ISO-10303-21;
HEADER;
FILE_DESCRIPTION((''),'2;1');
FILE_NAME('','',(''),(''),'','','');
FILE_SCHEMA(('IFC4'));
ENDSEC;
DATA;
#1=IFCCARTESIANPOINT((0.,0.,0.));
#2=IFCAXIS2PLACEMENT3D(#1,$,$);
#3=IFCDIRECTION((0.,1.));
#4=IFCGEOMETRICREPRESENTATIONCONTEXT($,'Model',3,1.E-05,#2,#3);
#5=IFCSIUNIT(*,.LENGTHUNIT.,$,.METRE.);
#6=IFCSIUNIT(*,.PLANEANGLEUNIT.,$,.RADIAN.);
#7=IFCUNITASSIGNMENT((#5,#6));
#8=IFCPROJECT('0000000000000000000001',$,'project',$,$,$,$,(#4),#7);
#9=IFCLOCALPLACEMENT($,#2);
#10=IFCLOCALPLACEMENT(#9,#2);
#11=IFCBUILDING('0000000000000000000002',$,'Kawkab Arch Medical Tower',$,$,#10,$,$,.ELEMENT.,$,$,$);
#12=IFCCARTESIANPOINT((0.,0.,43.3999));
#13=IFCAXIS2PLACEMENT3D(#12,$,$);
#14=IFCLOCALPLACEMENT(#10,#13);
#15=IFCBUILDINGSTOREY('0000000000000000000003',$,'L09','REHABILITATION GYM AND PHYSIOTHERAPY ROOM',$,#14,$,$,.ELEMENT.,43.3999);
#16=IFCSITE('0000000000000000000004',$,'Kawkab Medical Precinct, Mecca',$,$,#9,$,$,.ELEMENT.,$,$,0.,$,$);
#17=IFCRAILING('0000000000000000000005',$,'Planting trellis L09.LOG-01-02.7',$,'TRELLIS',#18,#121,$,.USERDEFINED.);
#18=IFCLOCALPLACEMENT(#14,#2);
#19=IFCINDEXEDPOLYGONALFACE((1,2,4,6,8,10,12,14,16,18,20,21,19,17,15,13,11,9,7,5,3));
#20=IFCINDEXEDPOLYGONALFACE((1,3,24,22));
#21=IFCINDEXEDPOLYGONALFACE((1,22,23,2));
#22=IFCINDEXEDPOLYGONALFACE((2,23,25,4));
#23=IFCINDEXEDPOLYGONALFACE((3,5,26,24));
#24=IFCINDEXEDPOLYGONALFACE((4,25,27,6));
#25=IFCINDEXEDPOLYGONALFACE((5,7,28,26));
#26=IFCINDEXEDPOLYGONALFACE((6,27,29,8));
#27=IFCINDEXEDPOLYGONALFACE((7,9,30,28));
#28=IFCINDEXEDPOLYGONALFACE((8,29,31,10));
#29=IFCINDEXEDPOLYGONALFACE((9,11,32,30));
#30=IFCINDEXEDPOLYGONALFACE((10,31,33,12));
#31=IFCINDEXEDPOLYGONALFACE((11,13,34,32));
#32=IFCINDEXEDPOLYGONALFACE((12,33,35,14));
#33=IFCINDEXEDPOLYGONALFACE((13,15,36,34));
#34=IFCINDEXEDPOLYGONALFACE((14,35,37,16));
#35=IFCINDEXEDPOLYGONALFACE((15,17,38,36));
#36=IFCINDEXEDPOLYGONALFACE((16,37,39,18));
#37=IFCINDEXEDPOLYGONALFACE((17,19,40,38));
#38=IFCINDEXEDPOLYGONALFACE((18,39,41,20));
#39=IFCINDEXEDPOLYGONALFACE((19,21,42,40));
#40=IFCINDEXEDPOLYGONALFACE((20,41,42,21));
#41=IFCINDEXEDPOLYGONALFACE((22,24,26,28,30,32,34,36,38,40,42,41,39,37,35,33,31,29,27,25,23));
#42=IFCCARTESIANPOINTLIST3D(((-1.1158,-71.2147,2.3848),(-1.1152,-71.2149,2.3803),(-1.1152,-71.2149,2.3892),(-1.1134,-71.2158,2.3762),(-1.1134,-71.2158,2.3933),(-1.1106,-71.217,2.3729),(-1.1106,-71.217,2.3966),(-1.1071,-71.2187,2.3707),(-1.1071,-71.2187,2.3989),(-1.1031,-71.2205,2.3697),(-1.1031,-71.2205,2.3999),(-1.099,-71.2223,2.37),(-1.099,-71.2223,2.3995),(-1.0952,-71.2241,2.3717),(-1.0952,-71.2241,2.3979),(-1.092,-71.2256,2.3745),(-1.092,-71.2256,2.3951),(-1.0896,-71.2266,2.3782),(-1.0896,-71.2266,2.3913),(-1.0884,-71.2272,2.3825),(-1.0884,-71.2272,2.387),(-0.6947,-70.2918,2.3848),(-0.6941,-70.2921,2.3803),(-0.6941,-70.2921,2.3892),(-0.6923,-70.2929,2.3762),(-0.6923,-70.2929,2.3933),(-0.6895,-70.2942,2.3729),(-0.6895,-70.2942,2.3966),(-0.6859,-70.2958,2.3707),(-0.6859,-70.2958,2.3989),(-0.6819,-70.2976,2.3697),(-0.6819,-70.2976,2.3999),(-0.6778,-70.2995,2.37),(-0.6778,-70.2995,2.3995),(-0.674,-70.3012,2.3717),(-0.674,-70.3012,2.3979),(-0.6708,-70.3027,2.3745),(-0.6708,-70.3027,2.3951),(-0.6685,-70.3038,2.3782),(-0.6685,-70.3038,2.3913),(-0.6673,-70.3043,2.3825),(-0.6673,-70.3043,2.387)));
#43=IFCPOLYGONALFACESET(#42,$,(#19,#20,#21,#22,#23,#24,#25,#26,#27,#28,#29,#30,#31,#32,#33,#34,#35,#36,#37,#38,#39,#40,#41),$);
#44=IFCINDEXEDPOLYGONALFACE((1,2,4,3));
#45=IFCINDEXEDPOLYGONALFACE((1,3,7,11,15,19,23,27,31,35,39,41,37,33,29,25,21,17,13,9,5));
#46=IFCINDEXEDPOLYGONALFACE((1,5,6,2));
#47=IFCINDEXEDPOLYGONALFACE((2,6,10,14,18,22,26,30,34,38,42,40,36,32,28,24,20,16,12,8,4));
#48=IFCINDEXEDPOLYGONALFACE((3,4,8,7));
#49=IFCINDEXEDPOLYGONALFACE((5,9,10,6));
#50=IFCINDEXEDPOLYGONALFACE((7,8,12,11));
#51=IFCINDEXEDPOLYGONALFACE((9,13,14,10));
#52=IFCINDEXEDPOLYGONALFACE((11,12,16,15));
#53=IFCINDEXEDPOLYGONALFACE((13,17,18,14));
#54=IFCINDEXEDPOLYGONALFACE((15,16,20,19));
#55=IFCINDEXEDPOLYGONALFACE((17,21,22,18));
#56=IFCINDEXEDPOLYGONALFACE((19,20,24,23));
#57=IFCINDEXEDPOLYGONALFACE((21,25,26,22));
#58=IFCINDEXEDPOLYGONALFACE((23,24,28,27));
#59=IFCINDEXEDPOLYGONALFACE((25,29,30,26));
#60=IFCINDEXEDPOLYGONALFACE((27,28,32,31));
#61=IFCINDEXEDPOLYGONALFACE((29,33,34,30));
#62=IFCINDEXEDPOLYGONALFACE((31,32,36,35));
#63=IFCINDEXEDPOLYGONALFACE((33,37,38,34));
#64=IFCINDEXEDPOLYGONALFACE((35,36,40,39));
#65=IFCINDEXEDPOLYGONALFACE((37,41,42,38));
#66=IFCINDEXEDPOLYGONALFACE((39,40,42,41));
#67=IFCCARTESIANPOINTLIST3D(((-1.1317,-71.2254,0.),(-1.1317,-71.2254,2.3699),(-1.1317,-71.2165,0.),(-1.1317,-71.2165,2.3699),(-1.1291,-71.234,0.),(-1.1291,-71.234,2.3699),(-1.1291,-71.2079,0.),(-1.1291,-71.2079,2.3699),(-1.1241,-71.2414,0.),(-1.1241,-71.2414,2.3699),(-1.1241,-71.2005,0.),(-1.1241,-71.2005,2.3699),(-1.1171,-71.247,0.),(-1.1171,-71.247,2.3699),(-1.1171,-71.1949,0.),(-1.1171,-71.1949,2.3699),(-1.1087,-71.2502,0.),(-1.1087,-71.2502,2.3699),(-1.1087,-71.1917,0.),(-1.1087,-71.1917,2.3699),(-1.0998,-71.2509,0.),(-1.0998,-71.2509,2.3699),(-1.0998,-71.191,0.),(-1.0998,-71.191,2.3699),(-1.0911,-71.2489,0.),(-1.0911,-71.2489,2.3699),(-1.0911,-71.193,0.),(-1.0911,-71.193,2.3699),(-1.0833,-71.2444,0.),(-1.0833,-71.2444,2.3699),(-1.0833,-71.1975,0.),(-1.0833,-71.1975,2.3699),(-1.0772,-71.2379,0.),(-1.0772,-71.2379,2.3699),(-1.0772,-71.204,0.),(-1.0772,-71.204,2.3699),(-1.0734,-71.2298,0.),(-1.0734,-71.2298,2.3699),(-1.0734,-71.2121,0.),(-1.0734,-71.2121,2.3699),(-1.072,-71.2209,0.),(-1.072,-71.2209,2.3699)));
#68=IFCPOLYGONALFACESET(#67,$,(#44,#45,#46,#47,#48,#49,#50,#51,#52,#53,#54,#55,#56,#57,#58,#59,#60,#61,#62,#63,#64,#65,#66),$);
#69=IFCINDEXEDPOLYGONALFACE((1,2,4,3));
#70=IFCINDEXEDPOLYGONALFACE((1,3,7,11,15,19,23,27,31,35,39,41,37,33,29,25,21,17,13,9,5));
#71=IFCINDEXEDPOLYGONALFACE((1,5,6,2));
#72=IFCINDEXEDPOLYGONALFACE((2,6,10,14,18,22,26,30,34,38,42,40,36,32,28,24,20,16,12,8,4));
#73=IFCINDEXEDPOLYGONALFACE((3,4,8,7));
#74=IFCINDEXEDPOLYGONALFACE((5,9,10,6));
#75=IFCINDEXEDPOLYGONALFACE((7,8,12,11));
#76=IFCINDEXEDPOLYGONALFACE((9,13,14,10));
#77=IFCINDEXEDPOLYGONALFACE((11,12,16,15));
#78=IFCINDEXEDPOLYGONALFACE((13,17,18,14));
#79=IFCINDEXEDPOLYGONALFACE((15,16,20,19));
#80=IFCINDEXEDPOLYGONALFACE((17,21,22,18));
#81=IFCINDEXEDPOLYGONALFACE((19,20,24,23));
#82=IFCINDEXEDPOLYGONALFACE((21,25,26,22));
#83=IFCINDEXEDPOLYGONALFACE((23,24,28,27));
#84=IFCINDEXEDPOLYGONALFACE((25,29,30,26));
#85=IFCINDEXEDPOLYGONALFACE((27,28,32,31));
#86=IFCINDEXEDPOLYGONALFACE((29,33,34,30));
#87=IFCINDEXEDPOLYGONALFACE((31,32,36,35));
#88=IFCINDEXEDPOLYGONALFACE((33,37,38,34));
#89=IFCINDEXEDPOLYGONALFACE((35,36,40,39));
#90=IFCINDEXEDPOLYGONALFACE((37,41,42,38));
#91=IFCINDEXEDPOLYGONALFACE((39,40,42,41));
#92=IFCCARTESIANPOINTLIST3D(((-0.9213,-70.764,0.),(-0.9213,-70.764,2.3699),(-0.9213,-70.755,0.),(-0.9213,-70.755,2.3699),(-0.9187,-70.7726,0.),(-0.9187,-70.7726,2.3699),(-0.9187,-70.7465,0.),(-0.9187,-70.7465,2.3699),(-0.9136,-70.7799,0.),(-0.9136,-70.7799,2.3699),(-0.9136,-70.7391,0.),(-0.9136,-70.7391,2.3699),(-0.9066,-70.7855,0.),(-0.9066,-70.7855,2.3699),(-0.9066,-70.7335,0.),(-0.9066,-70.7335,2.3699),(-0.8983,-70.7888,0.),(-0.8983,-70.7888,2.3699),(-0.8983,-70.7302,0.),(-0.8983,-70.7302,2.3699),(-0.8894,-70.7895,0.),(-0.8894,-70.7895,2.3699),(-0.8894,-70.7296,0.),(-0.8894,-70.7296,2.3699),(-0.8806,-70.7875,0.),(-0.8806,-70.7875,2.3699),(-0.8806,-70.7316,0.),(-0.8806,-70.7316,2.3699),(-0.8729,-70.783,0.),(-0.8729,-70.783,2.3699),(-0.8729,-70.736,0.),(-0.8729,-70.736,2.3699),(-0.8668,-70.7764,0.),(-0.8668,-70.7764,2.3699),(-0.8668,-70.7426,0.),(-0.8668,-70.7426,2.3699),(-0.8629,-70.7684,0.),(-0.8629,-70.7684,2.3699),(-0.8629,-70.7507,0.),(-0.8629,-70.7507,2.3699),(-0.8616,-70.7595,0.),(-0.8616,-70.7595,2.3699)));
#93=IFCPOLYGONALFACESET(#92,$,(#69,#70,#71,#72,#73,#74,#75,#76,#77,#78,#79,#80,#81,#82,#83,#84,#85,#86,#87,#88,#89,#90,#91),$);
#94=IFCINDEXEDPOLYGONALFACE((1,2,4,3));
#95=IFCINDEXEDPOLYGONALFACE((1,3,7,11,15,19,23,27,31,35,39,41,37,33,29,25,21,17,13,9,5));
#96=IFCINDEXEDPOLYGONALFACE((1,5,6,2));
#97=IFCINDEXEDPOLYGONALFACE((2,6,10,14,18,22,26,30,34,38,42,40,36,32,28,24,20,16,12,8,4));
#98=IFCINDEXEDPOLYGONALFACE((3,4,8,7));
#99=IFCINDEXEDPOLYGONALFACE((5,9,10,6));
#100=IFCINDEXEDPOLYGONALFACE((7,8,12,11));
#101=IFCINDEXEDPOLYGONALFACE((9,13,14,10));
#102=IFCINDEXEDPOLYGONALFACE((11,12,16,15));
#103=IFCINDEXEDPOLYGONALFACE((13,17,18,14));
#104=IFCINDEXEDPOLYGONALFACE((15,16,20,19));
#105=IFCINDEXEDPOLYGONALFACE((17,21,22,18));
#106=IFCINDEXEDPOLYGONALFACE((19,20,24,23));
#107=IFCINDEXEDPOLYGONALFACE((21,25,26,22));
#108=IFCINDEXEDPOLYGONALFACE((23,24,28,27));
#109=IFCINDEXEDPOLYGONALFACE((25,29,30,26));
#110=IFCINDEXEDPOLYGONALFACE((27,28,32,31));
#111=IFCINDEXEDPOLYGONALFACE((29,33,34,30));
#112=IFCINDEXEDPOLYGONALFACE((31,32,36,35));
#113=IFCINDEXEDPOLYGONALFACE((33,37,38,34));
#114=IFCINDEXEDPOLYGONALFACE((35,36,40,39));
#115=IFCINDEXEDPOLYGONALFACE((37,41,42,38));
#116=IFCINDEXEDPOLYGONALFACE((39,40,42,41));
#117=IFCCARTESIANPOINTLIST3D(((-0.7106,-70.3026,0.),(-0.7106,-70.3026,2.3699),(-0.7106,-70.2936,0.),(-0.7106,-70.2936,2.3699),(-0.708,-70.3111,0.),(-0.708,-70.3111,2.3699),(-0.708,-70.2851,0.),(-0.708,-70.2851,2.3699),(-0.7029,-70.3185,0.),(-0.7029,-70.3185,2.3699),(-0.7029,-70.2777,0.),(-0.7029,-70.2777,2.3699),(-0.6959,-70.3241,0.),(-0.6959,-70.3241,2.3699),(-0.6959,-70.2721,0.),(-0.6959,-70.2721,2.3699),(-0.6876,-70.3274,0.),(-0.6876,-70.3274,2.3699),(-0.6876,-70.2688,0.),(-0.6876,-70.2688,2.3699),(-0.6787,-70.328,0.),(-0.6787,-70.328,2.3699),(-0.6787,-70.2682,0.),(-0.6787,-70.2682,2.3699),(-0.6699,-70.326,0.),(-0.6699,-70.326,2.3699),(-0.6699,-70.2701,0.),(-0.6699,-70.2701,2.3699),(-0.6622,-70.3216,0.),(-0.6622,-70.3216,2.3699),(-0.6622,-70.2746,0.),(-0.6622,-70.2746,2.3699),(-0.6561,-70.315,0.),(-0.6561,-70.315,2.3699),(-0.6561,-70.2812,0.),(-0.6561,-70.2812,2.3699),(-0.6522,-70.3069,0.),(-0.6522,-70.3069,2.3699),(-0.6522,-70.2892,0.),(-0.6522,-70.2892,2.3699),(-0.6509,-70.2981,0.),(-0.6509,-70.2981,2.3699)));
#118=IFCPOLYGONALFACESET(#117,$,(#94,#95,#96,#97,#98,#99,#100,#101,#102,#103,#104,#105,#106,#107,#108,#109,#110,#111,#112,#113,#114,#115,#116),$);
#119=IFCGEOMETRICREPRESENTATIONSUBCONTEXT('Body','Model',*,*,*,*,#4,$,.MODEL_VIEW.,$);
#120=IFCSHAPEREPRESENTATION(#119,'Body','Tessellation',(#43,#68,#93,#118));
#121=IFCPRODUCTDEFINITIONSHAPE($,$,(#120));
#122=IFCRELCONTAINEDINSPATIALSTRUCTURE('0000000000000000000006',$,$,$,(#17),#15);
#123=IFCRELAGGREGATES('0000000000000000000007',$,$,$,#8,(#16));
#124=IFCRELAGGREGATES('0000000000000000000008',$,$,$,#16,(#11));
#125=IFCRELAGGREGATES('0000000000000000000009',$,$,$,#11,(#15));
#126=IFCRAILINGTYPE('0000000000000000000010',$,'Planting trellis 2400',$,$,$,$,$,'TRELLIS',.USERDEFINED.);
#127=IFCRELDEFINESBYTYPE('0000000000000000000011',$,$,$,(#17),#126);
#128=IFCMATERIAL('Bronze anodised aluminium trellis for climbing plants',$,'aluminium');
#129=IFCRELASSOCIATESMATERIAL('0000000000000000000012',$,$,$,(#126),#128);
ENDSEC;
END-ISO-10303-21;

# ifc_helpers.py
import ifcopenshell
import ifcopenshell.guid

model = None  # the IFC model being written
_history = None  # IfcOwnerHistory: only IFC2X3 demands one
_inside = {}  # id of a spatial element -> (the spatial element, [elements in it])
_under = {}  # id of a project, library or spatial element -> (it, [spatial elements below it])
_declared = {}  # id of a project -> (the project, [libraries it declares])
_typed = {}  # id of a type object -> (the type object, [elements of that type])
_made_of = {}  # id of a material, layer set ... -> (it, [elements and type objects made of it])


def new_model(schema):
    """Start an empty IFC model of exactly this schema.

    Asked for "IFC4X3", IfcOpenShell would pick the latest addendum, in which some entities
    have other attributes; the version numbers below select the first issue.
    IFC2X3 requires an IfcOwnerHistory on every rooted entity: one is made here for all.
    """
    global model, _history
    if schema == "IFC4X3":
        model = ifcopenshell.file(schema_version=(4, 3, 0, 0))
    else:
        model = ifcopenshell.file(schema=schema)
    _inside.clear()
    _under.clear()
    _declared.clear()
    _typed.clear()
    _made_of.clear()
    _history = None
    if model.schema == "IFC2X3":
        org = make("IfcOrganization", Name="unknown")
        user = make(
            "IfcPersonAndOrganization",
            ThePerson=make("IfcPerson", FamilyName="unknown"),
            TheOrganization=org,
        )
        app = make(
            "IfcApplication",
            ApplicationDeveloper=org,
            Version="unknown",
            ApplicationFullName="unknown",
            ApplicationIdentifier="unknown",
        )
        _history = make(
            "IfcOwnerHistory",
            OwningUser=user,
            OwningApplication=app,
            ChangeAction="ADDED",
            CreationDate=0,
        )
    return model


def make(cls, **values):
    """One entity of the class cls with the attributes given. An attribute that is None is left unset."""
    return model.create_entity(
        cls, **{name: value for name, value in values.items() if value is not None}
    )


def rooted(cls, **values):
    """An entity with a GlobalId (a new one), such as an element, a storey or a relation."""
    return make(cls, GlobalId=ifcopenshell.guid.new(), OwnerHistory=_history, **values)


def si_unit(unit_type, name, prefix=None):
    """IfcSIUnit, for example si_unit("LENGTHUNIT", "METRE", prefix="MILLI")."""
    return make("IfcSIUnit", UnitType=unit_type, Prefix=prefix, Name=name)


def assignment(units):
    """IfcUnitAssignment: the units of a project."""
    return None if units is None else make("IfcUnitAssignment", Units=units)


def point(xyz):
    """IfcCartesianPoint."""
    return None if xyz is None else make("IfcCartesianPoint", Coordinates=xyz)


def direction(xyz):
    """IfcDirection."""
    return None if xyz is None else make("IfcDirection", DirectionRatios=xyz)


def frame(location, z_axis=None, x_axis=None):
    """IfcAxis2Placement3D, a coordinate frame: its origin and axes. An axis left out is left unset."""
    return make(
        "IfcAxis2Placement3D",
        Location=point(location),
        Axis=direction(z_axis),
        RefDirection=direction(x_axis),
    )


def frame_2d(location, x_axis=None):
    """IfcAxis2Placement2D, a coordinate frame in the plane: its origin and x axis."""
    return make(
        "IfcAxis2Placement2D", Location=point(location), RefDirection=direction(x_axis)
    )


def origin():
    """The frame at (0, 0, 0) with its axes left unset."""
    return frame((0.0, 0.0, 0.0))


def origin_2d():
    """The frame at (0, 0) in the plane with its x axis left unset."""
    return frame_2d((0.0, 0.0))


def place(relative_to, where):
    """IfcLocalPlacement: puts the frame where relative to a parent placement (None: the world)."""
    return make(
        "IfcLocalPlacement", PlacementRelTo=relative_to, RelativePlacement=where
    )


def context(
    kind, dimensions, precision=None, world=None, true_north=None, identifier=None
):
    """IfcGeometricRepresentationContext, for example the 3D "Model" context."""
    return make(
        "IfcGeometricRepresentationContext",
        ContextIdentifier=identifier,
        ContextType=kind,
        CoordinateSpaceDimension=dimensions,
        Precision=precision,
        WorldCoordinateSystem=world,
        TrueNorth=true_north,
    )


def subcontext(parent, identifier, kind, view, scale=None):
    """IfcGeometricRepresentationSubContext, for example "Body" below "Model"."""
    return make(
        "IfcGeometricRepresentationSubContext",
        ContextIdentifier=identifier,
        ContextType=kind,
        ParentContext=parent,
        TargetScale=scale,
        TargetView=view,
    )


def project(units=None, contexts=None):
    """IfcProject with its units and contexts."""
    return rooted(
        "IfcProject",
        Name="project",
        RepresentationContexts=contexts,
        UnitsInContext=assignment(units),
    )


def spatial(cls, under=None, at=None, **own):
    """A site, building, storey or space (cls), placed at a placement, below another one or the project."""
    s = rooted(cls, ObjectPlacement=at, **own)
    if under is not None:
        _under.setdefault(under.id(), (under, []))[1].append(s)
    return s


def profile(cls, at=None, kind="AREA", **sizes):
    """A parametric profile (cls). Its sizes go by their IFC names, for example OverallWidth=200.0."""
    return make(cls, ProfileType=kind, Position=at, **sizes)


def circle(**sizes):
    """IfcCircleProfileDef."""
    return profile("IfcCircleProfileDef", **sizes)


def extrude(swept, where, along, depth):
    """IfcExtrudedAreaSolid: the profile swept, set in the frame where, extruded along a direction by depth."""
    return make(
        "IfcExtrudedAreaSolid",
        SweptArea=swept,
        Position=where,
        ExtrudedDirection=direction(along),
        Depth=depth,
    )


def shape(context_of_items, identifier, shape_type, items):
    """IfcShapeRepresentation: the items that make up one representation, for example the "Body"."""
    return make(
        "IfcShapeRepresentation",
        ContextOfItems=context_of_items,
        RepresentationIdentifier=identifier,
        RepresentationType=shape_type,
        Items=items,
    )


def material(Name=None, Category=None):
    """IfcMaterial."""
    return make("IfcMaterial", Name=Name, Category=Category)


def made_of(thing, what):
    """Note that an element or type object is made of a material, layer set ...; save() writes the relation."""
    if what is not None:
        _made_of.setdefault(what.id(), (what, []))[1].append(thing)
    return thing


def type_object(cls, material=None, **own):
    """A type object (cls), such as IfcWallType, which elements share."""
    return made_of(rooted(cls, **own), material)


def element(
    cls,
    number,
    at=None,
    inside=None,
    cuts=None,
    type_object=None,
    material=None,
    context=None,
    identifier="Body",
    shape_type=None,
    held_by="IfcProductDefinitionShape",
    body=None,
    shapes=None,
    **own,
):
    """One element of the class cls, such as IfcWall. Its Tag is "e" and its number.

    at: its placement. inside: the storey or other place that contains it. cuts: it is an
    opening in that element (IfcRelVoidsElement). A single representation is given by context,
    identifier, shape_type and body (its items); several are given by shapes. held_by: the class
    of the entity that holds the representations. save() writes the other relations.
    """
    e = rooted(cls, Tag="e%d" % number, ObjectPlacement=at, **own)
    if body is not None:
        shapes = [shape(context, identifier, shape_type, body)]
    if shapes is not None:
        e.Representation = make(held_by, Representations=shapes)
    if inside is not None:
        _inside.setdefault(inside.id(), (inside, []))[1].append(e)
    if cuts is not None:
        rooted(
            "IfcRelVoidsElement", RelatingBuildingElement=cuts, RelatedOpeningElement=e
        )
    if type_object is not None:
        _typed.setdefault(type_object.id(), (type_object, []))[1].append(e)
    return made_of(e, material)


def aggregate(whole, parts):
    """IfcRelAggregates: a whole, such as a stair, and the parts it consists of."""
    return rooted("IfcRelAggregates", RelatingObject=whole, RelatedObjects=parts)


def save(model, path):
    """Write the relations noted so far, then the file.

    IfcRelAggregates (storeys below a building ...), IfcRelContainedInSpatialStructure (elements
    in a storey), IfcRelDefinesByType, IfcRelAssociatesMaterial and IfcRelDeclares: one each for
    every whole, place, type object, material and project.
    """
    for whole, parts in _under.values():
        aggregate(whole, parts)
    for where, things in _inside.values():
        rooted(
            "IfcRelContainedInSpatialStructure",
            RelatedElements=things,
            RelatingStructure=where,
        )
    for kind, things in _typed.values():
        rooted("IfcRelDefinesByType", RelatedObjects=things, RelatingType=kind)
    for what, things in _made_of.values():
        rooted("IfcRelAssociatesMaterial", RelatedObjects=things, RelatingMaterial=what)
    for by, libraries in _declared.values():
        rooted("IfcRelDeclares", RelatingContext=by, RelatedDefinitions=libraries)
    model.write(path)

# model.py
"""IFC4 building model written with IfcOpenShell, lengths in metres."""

from ifc_helpers import new_model, si_unit, direction, frame, origin, origin_2d, place, context, subcontext, project, spatial, circle, extrude, material, type_object, element, save


model = new_model("IFC4")

# Units and contexts
model_context = context("Model", 3, precision=1e-05, world=origin(), true_north=direction((0.0, 1.0)))
body_context = subcontext(model_context, "Body", "Model", "MODEL_VIEW")
ifc_project = project(units=[si_unit("LENGTHUNIT", "METRE"), si_unit("PLANEANGLEUNIT", "RADIAN")], contexts=[model_context])

# Site, building, storey
site_placement = place(None, origin())
site = spatial("IfcSite", under=ifc_project, at=site_placement, Name="Kawkab Medical Precinct, Mecca", CompositionType="ELEMENT", RefElevation=0.0)
building_placement = place(site_placement, origin())
building = spatial("IfcBuilding", under=site, at=building_placement, Name="Kawkab Arch Medical Tower", CompositionType="ELEMENT")
storey_placement = place(building_placement, frame((0.0, 0.0, 43.3999)))
storey = spatial("IfcBuildingStorey", under=building, at=storey_placement, Name="L09", Description="REHABILITATION GYM AND PHYSIOTHERAPY ROOM", CompositionType="ELEMENT", Elevation=43.3999)

# Railing
ifc_material_1 = material(Name="Bronze anodised aluminium trellis for climbing plants", Category="aluminium")
railing_type = type_object("IfcRailingType", Name="Planting trellis 2400", ElementType="TRELLIS", PredefinedType="USERDEFINED", material=ifc_material_1)
railing_placement = place(storey_placement, frame((-1.1021, -71.2209, 0.0)))
element("IfcRailing", 1, at=railing_placement, inside=storey, type_object=railing_type, Name="Planting trellis L09.LOG-01-02.7", ObjectType="TRELLIS", PredefinedType="USERDEFINED", context=body_context, shape_type="SweptSolid", body=[
    extrude(circle(Radius=0.0151, at=origin_2d()), frame((0.0, 0.0, 2.3848), z_axis=(0.415162, 0.909747, 0.0), x_axis=(-0.909747, 0.415162, 0.0)), (0.0, 0.0, 1.0), 1.0144),
    extrude(circle(Radius=0.03, at=origin_2d()), origin(), (0.0, 0.0, 1.0), 2.3699),
    extrude(circle(Radius=0.03, at=origin_2d()), frame((0.2104, 0.4614, 0.0)), (0.0, 0.0, 1.0), 2.3699),
    extrude(circle(Radius=0.03, at=origin_2d()), frame((0.4211, 0.9229, 0.0)), (0.0, 0.0, 1.0), 2.3699),
])

save(model, "model.ifc")
